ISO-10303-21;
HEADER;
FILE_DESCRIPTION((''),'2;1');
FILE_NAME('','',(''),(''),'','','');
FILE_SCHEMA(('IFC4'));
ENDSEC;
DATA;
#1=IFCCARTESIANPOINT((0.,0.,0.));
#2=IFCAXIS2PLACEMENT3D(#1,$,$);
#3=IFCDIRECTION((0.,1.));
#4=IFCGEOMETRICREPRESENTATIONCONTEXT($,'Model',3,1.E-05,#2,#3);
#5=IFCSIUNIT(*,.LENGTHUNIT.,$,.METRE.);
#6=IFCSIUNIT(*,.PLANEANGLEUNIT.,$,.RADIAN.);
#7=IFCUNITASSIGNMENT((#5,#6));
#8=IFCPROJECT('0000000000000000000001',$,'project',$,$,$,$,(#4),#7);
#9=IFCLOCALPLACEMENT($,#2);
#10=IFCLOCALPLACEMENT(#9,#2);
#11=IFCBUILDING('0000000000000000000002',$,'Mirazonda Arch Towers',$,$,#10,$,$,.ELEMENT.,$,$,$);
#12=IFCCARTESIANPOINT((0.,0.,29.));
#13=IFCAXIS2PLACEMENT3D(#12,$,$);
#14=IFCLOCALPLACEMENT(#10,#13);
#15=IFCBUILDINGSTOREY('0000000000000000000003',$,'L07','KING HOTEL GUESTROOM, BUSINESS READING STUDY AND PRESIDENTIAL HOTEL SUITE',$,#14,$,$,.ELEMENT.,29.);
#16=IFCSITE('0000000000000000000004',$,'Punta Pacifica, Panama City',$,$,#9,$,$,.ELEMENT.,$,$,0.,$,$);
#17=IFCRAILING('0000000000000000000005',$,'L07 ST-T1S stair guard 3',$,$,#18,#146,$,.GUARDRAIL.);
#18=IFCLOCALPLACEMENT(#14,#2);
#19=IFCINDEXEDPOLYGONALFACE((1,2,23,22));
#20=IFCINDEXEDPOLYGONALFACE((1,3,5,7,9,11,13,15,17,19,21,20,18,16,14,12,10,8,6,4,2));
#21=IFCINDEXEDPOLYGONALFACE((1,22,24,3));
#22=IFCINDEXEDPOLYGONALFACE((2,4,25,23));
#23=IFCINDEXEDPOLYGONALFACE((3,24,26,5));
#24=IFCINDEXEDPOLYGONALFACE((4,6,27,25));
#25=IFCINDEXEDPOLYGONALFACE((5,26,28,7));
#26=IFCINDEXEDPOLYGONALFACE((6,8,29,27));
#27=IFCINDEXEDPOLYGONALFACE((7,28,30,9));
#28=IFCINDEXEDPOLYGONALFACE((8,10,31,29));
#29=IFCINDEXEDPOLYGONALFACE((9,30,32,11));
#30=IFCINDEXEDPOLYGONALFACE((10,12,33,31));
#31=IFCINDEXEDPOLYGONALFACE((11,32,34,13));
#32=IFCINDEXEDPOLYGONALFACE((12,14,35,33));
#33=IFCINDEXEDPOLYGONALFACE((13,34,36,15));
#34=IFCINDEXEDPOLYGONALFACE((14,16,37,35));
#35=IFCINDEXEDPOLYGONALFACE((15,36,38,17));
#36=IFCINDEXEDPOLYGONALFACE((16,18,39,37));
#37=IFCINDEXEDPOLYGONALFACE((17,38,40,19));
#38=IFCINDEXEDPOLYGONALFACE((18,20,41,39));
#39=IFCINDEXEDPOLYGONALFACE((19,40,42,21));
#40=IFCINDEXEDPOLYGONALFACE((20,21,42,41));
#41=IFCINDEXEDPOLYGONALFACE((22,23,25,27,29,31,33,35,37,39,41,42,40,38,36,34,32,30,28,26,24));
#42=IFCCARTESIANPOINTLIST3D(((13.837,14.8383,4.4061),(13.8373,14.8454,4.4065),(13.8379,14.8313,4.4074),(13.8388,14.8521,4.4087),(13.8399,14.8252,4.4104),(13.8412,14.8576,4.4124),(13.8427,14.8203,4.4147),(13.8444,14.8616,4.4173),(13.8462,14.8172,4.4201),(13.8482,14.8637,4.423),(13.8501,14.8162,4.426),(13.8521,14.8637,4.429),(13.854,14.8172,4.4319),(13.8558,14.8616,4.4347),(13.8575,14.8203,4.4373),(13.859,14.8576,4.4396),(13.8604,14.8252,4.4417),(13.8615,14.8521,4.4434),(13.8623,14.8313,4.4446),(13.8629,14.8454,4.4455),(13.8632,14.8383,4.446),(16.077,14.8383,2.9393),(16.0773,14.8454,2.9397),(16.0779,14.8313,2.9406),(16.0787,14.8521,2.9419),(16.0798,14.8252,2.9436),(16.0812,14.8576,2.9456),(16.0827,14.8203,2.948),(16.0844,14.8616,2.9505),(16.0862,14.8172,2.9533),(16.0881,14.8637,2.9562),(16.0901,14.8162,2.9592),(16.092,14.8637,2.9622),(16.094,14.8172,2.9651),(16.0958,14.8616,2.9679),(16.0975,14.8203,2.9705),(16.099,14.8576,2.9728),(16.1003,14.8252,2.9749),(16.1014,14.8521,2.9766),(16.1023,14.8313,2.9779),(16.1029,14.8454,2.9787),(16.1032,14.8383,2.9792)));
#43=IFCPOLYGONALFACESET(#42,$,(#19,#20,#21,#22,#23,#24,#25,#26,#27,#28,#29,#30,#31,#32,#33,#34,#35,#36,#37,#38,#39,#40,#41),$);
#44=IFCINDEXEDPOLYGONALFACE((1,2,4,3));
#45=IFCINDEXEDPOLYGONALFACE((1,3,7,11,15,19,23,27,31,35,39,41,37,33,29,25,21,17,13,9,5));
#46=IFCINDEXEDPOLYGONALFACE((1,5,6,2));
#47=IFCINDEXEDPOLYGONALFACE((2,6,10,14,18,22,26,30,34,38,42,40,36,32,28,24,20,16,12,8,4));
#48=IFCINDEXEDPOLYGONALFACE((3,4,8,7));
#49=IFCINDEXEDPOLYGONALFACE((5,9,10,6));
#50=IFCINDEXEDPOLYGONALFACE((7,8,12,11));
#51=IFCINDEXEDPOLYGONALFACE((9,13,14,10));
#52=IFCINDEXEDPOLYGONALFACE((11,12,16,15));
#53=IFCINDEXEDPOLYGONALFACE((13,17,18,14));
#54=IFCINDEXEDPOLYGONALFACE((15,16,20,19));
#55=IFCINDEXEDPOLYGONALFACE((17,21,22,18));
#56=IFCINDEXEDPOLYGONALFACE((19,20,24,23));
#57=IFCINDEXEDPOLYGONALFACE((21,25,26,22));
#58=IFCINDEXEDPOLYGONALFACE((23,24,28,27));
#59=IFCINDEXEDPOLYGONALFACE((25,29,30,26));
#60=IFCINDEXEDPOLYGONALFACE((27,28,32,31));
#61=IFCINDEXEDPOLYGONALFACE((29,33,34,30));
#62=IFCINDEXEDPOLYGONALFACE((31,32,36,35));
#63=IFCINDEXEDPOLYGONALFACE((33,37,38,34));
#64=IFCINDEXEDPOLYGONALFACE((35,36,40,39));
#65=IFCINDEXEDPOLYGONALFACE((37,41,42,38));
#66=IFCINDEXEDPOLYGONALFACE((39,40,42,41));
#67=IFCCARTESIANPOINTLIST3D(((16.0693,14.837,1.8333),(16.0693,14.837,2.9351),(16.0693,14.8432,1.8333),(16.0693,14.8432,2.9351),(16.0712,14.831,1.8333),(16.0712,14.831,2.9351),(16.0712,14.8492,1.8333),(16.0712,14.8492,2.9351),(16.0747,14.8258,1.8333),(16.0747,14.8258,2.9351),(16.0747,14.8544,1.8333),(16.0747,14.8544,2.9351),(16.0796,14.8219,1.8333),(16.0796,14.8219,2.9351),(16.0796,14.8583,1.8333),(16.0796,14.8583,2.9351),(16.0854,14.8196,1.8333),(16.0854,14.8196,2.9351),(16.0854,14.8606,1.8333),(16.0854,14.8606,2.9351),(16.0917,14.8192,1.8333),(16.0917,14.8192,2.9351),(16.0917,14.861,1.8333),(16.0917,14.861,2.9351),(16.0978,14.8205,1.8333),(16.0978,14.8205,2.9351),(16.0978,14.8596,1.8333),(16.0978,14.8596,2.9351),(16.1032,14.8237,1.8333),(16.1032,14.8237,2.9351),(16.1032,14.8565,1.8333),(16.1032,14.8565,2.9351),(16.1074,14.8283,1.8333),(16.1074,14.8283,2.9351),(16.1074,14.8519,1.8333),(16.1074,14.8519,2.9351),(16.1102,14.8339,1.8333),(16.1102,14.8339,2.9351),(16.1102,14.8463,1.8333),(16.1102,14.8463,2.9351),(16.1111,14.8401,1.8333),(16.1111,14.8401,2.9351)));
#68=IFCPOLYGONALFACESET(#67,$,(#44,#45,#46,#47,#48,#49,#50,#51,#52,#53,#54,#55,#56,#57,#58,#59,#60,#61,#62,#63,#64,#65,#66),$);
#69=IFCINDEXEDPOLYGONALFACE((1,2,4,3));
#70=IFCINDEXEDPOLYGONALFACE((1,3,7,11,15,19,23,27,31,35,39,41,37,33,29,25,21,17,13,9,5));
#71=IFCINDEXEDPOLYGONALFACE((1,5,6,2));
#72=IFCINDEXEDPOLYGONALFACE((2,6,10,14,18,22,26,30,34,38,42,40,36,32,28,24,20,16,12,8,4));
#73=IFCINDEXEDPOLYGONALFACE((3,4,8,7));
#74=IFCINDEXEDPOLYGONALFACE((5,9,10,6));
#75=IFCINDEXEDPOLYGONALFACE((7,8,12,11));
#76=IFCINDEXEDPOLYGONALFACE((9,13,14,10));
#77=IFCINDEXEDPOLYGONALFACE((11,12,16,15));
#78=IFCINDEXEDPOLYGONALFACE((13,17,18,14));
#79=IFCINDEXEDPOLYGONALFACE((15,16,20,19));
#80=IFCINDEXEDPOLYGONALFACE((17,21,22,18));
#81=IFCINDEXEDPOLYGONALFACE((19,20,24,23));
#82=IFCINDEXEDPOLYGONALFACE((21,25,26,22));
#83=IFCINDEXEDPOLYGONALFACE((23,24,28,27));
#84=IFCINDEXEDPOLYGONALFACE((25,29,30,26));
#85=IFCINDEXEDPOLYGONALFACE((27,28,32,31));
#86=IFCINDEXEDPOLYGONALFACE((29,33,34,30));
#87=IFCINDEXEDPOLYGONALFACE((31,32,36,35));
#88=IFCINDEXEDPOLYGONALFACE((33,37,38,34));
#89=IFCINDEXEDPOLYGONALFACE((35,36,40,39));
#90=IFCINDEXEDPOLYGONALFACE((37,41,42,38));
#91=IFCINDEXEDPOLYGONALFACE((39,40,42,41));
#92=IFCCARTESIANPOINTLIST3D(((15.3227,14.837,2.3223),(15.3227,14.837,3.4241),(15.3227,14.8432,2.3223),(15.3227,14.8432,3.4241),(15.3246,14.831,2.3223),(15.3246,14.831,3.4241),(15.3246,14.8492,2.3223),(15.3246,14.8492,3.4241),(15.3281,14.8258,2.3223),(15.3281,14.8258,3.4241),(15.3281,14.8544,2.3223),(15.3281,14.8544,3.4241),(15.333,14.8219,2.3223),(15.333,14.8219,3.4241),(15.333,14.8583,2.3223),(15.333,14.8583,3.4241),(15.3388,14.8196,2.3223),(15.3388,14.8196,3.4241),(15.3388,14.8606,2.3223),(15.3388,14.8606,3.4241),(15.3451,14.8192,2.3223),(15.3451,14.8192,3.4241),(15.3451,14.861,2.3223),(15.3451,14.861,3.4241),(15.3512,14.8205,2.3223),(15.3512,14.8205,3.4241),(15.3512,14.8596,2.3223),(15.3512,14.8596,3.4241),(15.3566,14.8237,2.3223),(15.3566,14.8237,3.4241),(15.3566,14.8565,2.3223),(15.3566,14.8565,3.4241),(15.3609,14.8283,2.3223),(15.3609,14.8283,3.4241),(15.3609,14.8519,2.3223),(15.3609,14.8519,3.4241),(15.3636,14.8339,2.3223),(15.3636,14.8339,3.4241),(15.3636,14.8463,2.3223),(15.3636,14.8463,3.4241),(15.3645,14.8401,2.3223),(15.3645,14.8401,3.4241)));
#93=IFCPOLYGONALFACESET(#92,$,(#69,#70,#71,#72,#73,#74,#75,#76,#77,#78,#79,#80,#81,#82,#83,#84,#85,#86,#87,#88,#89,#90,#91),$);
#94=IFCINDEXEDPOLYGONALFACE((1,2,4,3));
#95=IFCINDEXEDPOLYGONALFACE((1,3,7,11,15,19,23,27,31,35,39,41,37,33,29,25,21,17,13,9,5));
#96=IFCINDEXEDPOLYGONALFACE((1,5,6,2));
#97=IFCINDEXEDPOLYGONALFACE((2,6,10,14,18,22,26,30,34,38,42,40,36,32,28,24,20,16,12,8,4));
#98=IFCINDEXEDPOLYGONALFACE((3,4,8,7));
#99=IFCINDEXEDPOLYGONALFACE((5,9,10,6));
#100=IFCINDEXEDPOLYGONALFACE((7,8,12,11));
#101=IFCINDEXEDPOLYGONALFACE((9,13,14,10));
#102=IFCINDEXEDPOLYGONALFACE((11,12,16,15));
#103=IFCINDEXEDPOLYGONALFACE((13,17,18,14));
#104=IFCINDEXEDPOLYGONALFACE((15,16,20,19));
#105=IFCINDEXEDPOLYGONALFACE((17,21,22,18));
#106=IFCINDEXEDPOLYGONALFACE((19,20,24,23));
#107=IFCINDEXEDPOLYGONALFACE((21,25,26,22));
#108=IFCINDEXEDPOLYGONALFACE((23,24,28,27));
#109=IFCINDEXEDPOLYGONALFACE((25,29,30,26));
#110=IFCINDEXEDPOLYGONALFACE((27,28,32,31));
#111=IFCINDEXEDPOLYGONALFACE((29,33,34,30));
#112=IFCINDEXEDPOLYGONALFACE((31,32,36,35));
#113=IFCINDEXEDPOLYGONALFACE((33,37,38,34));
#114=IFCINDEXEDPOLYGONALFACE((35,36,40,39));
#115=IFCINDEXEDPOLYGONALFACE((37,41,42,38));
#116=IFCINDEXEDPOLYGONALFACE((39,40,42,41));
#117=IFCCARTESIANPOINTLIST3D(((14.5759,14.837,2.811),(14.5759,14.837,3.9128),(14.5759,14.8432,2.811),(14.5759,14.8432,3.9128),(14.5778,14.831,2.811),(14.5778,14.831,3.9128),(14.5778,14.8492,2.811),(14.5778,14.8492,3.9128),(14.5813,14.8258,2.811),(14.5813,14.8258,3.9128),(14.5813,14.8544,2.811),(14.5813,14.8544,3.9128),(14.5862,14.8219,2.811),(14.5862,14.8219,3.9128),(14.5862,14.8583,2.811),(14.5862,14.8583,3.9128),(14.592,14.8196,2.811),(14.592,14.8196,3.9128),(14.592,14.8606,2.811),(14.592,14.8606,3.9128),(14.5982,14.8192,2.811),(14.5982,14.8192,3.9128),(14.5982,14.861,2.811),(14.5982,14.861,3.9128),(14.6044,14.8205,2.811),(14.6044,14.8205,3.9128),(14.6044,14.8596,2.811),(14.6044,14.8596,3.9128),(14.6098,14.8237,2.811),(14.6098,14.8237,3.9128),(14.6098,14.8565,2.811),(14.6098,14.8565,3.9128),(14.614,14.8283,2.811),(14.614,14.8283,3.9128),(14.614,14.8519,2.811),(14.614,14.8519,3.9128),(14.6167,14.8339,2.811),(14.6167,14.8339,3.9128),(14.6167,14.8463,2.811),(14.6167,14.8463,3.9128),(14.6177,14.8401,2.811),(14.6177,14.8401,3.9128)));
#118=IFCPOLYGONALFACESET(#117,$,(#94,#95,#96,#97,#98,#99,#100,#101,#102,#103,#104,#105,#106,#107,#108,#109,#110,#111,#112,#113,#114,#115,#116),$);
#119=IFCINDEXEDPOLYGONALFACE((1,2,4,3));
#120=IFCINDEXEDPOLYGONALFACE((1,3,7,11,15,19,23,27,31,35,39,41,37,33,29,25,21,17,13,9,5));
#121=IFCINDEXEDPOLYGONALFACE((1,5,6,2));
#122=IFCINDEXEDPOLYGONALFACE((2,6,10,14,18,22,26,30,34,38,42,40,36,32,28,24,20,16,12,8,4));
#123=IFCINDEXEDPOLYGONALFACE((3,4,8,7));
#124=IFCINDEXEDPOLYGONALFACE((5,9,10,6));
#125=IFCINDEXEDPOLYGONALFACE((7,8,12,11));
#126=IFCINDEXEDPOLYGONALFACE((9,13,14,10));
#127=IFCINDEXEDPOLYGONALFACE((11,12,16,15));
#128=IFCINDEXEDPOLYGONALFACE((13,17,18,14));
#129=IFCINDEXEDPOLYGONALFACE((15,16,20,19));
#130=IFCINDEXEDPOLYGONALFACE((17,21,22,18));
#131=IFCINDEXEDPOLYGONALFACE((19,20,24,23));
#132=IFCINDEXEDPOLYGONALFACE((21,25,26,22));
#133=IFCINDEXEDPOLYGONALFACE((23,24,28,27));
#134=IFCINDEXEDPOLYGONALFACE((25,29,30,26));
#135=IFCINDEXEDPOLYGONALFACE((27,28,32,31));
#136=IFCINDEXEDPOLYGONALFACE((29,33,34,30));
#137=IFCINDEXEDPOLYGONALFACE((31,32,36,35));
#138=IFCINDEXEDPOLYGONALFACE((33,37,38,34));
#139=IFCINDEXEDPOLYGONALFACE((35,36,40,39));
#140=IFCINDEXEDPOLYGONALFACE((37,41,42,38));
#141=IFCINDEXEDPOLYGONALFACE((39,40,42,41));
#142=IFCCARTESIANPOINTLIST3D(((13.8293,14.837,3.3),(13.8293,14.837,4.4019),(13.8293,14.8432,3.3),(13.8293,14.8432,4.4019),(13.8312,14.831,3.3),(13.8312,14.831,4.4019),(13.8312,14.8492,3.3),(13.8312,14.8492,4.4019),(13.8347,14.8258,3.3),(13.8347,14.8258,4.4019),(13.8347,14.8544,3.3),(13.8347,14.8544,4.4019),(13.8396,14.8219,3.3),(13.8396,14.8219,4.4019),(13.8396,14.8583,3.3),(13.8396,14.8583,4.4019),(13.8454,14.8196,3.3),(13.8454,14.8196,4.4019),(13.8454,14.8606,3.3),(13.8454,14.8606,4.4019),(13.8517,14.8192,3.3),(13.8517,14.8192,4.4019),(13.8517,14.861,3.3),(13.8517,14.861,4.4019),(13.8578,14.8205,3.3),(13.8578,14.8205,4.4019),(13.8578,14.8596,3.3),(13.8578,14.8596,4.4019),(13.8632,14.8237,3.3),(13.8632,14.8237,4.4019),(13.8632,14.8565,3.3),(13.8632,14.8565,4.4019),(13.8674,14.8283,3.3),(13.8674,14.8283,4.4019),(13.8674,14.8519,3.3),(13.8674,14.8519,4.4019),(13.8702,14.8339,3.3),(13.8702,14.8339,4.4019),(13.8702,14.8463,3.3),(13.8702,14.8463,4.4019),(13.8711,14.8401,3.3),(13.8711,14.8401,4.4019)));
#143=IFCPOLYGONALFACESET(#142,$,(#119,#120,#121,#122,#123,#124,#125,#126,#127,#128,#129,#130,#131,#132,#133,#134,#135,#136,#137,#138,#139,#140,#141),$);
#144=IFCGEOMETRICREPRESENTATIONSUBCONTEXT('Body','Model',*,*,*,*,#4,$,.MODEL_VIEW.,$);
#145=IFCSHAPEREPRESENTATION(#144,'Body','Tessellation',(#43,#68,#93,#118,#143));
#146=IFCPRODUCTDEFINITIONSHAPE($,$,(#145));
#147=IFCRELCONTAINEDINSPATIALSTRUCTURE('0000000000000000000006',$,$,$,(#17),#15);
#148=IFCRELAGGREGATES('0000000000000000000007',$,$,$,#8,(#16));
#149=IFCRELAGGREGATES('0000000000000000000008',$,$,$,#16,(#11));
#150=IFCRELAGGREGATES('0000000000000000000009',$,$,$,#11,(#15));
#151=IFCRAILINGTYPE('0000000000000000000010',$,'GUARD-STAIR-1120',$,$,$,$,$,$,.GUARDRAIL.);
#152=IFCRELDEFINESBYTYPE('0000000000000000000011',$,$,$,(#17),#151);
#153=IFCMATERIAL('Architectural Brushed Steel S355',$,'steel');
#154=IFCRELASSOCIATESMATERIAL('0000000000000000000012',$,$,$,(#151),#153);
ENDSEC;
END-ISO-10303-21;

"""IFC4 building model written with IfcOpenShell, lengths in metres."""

from ifc_helpers import new_model, si_unit, direction, frame, origin, origin_2d, place, context, subcontext, project, spatial, circle, extrude, material, type_object, element, save


model = new_model("IFC4")

# Units and contexts
model_context = context("Model", 3, precision=1e-05, world=origin(), true_north=direction((0.0, 1.0)))
body_context = subcontext(model_context, "Body", "Model", "MODEL_VIEW")
ifc_project = project(units=[si_unit("LENGTHUNIT", "METRE"), si_unit("PLANEANGLEUNIT", "RADIAN")], contexts=[model_context])

# Site, building, storey
site_placement = place(None, origin())
site = spatial("IfcSite", under=ifc_project, at=site_placement, Name="Punta Pacifica, Panama City", CompositionType="ELEMENT", RefElevation=0.0)
building_placement = place(site_placement, origin())
building = spatial("IfcBuilding", under=site, at=building_placement, Name="Mirazonda Arch Towers", CompositionType="ELEMENT")
storey_placement = place(building_placement, frame((0.0, 0.0, 29.0)))
storey = spatial("IfcBuildingStorey", under=building, at=storey_placement, Name="L07", Description="KING HOTEL GUESTROOM, BUSINESS READING STUDY AND PRESIDENTIAL HOTEL SUITE", CompositionType="ELEMENT", Elevation=29.0)

# Railing
ifc_material_1 = material(Name="Architectural Brushed Steel S355", Category="steel")
railing_type_1 = type_object("IfcRailingType", Name="GUARD-STAIR-1120", PredefinedType="GUARDRAIL", material=ifc_material_1)
railing_1_placement = place(storey_placement, frame((16.0901, 14.8401, 1.8333)))
element("IfcRailing", 1, at=railing_1_placement, inside=storey, type_object=railing_type_1, Name="L07 ST-T1S stair guard 3", PredefinedType="GUARDRAIL", context=body_context, shape_type="SweptSolid", body=[
    extrude(circle(Radius=0.0239, at=origin_2d()), frame((0.0, 0.0, 1.126), z_axis=(-0.836595, 0.0, 0.547822), x_axis=(0.0, -1.0, 0.0)), (0.0, 0.0, 1.0), 2.6775),
    extrude(circle(Radius=0.021, at=origin_2d()), origin(), (0.0, 0.0, 1.0), 1.1018),
    extrude(circle(Radius=0.021, at=origin_2d()), frame((-0.7466, 0.0, 0.489)), (0.0, 0.0, 1.0), 1.1018),
    extrude(circle(Radius=0.021, at=origin_2d()), frame((-1.4934, 0.0, 0.9778)), (0.0, 0.0, 1.0), 1.1018),
    extrude(circle(Radius=0.021, at=origin_2d()), frame((-2.24, 0.0, 1.4668)), (0.0, 0.0, 1.0), 1.1018),
])

save(model, "model.ifc")
